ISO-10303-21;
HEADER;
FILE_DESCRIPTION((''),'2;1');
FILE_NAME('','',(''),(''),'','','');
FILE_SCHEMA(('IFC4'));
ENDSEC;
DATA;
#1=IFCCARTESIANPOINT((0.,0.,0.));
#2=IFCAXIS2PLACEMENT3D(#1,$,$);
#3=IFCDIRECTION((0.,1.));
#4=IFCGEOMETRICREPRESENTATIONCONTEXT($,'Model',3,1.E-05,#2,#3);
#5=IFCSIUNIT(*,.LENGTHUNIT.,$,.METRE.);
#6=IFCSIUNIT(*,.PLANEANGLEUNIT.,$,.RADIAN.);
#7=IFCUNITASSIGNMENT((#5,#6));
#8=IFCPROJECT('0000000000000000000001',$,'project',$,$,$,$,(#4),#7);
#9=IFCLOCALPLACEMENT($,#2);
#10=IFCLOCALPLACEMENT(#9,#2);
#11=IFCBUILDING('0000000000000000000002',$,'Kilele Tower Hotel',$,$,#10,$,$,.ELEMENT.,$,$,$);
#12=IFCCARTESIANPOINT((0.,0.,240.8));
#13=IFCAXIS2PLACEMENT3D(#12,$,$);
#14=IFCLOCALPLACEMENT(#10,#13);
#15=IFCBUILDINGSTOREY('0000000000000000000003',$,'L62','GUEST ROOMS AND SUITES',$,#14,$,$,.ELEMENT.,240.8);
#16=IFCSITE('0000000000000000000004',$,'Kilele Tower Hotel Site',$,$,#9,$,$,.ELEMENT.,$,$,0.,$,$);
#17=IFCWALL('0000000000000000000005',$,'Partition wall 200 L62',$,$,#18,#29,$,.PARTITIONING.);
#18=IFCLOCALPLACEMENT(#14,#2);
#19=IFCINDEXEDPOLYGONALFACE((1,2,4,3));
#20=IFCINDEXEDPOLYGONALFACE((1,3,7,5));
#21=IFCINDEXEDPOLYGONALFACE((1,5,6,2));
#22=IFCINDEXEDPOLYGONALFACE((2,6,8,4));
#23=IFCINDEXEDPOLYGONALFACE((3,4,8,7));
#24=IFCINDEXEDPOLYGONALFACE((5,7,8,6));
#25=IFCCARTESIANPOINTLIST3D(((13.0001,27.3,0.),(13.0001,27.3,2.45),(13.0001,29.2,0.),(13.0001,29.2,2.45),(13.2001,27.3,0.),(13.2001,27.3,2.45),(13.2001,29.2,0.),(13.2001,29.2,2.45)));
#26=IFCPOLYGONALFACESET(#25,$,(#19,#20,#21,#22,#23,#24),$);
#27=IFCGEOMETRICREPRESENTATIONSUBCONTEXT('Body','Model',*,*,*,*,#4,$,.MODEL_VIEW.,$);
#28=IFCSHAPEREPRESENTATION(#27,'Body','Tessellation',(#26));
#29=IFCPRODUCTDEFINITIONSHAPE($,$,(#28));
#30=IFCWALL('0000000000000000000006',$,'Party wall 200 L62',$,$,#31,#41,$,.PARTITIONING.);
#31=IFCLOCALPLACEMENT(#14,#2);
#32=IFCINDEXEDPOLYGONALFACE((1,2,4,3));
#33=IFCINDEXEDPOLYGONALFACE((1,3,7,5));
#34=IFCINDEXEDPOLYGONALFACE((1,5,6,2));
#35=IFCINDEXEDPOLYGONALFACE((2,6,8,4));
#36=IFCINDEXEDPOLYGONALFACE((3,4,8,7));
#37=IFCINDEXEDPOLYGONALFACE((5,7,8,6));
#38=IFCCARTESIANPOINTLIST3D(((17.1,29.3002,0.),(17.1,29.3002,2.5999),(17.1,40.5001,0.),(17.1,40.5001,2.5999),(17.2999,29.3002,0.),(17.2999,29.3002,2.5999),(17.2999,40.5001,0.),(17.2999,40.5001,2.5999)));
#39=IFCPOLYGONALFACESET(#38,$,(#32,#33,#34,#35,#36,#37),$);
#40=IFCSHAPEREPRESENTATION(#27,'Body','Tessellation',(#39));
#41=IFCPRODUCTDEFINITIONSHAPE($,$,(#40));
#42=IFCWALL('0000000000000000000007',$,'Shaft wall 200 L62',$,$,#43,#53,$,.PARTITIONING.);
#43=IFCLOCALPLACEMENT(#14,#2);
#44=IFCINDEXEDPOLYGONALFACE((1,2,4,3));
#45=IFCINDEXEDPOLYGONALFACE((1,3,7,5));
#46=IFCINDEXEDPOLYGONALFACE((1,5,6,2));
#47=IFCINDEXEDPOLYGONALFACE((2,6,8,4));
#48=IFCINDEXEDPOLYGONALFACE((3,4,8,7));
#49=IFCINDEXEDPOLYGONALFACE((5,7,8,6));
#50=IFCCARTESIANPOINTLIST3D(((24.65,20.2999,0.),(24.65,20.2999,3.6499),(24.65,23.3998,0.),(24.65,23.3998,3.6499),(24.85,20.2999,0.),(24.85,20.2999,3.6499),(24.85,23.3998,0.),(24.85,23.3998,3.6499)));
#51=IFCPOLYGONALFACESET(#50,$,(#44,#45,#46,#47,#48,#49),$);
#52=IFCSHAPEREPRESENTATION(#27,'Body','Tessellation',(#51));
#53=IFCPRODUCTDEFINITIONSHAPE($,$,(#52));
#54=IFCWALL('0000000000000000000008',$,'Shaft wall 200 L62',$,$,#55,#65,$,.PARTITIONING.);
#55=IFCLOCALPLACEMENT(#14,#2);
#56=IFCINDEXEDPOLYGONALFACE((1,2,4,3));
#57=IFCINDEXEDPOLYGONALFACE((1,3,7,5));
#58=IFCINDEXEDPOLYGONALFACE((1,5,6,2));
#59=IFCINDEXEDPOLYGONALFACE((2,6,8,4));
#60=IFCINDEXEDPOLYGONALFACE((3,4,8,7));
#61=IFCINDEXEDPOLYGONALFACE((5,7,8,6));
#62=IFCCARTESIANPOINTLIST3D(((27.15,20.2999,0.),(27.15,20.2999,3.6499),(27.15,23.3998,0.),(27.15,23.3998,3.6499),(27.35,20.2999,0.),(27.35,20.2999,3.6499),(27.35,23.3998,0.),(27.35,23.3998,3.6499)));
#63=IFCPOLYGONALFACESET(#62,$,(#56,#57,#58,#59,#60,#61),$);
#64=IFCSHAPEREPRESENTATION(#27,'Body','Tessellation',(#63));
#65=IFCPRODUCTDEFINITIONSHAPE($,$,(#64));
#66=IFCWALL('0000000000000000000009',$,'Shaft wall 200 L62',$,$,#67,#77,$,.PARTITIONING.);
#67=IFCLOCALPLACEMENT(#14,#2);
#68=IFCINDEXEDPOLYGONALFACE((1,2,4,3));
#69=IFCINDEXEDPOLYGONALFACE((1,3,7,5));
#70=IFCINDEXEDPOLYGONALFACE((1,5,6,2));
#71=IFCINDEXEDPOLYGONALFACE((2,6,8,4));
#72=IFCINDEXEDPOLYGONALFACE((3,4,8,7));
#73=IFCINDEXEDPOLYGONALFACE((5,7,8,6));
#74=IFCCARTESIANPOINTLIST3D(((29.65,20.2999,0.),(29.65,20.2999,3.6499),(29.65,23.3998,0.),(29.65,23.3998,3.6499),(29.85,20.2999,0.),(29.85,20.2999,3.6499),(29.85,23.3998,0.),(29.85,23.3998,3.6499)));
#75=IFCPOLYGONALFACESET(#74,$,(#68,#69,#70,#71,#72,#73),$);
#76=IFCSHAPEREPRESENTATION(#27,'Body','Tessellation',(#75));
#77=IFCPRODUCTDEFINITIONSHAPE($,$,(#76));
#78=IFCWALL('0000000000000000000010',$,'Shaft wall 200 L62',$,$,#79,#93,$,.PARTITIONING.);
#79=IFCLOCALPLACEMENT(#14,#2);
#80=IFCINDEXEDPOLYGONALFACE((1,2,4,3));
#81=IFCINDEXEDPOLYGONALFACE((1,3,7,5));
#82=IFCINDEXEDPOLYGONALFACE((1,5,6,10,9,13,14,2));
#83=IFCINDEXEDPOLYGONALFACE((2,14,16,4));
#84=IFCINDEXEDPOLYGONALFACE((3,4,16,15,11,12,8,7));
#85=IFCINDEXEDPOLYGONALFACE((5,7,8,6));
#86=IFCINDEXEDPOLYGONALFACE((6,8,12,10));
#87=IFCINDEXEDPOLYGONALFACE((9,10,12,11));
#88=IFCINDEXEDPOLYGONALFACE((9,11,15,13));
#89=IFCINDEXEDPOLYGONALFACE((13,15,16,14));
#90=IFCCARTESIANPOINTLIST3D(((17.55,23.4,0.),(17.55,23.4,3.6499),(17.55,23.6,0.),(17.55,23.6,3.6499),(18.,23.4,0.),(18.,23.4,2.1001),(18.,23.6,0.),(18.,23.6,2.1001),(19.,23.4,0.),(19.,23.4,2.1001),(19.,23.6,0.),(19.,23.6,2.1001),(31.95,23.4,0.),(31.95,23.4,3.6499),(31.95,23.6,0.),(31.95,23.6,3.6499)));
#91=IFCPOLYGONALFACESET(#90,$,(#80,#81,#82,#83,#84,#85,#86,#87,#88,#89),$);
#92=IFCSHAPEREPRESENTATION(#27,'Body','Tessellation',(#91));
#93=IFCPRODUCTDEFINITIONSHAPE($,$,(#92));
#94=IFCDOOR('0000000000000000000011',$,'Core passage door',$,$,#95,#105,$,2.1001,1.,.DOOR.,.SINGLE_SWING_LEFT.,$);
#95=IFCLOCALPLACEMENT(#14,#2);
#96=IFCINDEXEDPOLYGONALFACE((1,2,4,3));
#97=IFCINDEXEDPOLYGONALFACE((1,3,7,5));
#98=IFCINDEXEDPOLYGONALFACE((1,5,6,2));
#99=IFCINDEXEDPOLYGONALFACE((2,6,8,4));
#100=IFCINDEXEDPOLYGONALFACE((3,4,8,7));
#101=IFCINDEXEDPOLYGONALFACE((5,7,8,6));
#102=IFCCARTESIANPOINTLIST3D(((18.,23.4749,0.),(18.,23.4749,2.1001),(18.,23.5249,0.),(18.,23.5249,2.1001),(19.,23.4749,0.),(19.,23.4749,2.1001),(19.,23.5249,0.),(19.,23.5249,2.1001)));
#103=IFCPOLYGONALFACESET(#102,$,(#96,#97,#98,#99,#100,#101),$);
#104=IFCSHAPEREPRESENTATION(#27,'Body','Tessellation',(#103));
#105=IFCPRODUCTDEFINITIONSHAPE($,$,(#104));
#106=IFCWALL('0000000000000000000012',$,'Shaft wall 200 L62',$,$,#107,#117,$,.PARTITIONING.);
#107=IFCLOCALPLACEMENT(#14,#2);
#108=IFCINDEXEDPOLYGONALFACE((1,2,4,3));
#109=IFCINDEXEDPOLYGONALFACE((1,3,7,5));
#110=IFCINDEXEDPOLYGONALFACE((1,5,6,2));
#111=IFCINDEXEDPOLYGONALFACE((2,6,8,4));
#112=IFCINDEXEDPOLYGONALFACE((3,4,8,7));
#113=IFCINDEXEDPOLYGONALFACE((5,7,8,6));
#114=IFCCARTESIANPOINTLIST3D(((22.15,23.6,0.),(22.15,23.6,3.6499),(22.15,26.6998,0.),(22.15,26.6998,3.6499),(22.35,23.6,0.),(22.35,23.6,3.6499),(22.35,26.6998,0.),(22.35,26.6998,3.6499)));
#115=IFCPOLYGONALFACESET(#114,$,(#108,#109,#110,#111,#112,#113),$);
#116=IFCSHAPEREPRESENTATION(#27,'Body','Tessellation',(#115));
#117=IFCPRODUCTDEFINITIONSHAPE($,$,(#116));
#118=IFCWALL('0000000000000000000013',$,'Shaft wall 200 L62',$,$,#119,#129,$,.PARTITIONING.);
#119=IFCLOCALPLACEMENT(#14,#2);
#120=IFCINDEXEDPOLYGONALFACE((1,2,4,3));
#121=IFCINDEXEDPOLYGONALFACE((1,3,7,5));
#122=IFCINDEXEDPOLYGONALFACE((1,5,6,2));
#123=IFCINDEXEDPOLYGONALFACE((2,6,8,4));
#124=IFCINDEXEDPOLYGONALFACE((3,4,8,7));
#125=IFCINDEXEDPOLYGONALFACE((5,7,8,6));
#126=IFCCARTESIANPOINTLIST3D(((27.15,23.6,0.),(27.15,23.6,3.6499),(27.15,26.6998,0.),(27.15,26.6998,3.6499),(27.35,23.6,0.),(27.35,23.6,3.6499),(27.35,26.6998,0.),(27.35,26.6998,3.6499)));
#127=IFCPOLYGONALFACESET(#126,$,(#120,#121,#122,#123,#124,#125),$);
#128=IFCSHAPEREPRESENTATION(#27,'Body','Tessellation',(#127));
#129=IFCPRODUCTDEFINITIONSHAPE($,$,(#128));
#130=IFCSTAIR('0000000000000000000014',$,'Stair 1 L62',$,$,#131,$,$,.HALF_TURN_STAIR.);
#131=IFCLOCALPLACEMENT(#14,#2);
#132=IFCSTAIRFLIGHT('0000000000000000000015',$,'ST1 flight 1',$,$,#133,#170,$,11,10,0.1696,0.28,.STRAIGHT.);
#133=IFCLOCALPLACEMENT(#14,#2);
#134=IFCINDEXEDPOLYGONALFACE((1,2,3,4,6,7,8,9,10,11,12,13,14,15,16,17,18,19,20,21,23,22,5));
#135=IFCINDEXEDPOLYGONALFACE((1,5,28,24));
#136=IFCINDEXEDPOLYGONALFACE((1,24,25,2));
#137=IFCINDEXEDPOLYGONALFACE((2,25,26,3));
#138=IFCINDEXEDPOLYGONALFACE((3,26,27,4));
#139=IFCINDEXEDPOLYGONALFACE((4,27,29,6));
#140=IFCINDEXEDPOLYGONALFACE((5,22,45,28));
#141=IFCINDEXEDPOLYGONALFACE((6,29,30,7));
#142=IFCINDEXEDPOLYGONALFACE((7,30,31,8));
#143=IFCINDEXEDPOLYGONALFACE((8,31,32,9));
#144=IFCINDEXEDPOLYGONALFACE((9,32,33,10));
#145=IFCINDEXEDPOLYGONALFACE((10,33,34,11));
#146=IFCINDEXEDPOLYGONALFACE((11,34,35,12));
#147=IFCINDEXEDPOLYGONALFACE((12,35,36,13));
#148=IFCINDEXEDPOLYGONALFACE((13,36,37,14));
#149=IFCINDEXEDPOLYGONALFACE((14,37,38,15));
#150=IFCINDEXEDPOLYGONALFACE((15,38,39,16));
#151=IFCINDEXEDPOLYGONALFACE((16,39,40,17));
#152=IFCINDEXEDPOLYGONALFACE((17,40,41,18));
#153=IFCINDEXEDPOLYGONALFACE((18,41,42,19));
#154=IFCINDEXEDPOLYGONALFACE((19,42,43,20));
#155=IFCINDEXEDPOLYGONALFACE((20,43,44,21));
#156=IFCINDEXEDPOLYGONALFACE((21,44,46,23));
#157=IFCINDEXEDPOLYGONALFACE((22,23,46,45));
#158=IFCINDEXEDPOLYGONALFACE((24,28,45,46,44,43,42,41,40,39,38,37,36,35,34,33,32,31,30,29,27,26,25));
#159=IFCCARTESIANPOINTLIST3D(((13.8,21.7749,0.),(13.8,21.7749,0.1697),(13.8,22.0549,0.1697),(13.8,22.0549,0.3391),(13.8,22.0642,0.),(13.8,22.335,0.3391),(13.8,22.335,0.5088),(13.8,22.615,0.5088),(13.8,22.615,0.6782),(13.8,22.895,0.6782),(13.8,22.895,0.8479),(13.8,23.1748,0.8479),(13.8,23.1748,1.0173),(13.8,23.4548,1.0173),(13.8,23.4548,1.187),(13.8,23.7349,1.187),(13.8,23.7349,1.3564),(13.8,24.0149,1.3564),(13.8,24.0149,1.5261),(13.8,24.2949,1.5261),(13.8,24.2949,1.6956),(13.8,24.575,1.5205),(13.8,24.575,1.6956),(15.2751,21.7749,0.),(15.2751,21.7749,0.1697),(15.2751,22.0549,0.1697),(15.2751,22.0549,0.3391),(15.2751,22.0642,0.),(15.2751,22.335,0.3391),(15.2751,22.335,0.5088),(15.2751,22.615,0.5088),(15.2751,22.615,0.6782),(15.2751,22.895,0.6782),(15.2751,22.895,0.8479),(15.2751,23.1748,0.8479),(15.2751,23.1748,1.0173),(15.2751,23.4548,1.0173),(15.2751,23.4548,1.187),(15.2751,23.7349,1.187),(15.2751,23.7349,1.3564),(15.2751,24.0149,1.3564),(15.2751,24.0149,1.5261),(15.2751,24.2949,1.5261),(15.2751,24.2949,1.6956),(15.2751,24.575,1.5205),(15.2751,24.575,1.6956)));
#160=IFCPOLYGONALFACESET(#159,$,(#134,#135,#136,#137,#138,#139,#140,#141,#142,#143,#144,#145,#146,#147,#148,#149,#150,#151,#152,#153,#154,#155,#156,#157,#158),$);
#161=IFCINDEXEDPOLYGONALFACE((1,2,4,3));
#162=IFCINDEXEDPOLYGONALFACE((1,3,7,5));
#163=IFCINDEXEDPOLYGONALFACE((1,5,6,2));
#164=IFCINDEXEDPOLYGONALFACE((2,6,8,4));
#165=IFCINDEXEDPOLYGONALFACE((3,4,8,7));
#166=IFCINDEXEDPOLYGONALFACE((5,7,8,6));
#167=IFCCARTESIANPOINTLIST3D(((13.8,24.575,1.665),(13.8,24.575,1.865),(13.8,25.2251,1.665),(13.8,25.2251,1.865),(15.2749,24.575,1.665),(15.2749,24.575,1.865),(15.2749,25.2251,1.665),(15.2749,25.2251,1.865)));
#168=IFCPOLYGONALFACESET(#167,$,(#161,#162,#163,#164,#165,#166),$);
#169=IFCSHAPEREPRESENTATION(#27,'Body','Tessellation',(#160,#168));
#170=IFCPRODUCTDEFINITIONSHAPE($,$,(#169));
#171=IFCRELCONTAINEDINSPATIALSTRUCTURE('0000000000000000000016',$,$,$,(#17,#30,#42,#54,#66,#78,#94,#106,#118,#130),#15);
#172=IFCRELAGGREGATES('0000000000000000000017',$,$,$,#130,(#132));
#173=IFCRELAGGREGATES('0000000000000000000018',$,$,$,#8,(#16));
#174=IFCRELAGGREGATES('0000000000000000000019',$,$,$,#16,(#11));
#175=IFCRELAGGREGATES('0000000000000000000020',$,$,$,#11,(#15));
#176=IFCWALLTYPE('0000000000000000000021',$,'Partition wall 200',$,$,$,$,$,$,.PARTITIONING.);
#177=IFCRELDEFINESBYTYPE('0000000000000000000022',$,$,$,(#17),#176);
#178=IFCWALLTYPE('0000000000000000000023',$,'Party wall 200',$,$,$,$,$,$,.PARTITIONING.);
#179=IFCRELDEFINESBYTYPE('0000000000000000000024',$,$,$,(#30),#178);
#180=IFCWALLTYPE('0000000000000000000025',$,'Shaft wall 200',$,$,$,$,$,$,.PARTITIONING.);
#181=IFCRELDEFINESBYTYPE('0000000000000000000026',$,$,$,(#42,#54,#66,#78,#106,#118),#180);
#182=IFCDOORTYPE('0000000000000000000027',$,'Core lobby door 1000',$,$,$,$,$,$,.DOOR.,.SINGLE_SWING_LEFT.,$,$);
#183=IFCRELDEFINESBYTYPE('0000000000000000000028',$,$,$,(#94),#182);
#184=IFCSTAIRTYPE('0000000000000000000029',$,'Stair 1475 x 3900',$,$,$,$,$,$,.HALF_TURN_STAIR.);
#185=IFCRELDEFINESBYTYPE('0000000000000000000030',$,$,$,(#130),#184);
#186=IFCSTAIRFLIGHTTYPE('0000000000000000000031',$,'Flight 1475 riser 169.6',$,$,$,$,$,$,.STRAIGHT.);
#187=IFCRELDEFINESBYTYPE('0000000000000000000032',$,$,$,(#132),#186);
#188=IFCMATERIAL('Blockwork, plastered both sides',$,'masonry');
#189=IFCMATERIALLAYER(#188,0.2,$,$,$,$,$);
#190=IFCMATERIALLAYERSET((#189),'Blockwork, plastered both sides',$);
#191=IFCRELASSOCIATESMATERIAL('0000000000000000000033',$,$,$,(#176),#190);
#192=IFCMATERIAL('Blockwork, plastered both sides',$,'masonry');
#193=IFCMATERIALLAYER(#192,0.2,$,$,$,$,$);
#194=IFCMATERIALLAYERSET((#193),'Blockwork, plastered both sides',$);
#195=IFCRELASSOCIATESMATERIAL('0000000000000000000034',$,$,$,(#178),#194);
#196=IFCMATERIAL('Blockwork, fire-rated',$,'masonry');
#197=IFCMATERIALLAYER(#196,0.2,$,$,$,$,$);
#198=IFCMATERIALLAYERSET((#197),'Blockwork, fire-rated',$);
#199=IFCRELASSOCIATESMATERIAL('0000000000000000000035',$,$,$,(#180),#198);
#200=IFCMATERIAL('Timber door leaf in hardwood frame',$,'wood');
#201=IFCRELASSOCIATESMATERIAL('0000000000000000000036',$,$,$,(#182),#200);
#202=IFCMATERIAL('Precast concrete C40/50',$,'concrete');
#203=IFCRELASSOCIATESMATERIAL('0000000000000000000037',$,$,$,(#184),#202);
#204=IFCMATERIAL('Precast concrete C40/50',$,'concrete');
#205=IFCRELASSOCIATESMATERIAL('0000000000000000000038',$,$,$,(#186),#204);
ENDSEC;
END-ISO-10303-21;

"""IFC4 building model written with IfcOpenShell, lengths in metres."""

from ifc_helpers import new_model, si_unit, direction, frame, frame_2d, origin, place, context, subcontext, project, spatial, polyline, rectangle, outline, extrude, material, layer, layer_set, type_object, element, fill, aggregate, save


model = new_model("IFC4")

# Units and contexts
model_context = context("Model", 3, precision=1e-05, world=origin(), true_north=direction((0.0, 1.0)))
body_context = subcontext(model_context, "Body", "Model", "MODEL_VIEW")
ifc_project = project(units=[si_unit("LENGTHUNIT", "METRE"), si_unit("PLANEANGLEUNIT", "RADIAN")], contexts=[model_context])

# Site, building, storey
site_placement = place(None, origin())
site = spatial("IfcSite", under=ifc_project, at=site_placement, Name="Kilele Tower Hotel Site", CompositionType="ELEMENT", RefElevation=0.0)
building_placement = place(site_placement, origin())
building = spatial("IfcBuilding", under=site, at=building_placement, Name="Kilele Tower Hotel", CompositionType="ELEMENT")
storey_placement = place(building_placement, frame((0.0, 0.0, 240.8)))
storey = spatial("IfcBuildingStorey", under=building, at=storey_placement, Name="L62", Description="GUEST ROOMS AND SUITES", CompositionType="ELEMENT", Elevation=240.8)

# Walls
ifc_material_1 = material(Name="Blockwork, plastered both sides", Category="masonry")
ifc_layer_1 = layer(ifc_material_1, 0.2)
ifc_layer_set_1 = layer_set([ifc_layer_1], Name="Blockwork, plastered both sides")
wall_type_1 = type_object("IfcWallType", Name="Partition wall 200", PredefinedType="PARTITIONING", material=ifc_layer_set_1)
wall_1_placement = place(storey_placement, frame((13.1001, 27.3, 0.0), z_axis=(0.0, 0.0, 1.0), x_axis=(0.0, 1.0, 0.0)))
element("IfcWall", 1, at=wall_1_placement, inside=storey, type_object=wall_type_1, Name="Partition wall 200 L62", PredefinedType="PARTITIONING", context=body_context, shape_type="SweptSolid", body=[
    extrude(rectangle(XDim=1.8999, YDim=0.2, at=frame_2d((0.95, 0.0))), origin(), (0.0, 0.0, 1.0), 2.45),
])
ifc_material_2 = material(Name="Blockwork, plastered both sides", Category="masonry")
ifc_layer_2 = layer(ifc_material_2, 0.2)
ifc_layer_set_2 = layer_set([ifc_layer_2], Name="Blockwork, plastered both sides")
wall_type_2 = type_object("IfcWallType", Name="Party wall 200", PredefinedType="PARTITIONING", material=ifc_layer_set_2)
wall_2_placement = place(storey_placement, frame((17.2, 29.3, 0.0), z_axis=(0.0, 0.0, 1.0), x_axis=(0.0, 1.0, 0.0)))
element("IfcWall", 2, at=wall_2_placement, inside=storey, type_object=wall_type_2, Name="Party wall 200 L62", PredefinedType="PARTITIONING", context=body_context, shape_type="SweptSolid", body=[
    extrude(rectangle(XDim=11.2, YDim=0.2, at=frame_2d((5.6001, 0.0))), origin(), (0.0, 0.0, 1.0), 2.5999),
])
ifc_material_3 = material(Name="Blockwork, fire-rated", Category="masonry")
ifc_layer_3 = layer(ifc_material_3, 0.2)
ifc_layer_set_3 = layer_set([ifc_layer_3], Name="Blockwork, fire-rated")
wall_type_3 = type_object("IfcWallType", Name="Shaft wall 200", PredefinedType="PARTITIONING", material=ifc_layer_set_3)
for number, where, z_axis, x_axis, name in (
    (3, (24.75, 20.3, 0.0), (0.0, 0.0, 1.0), (0.0, 1.0, 0.0), "Shaft wall 200 L62"),
    (4, (27.25, 20.3, 0.0), (0.0, 0.0, 1.0), (0.0, 1.0, 0.0), "Shaft wall 200 L62"),
    (5, (29.75, 20.3, 0.0), (0.0, 0.0, 1.0), (0.0, 1.0, 0.0), "Shaft wall 200 L62"),
):
    element("IfcWall", number, at=place(storey_placement, frame(where, z_axis=z_axis, x_axis=x_axis)), inside=storey, type_object=wall_type_3, Name=name, PredefinedType="PARTITIONING", context=body_context, shape_type="SweptSolid", body=[
        extrude(rectangle(XDim=3.0999, YDim=0.2, at=frame_2d((1.5498, 0.0))), origin(), (0.0, 0.0, 1.0), 3.6499),
    ])

# Wall, opening, door
wall_3_placement = place(storey_placement, frame((17.55, 23.5, 0.0), z_axis=(0.0, 0.0, 1.0), x_axis=(1.0, 0.0, 0.0)))
wall_3 = element("IfcWall", 6, at=wall_3_placement, inside=storey, type_object=wall_type_3, Name="Shaft wall 200 L62", PredefinedType="PARTITIONING", context=body_context, shape_type="SweptSolid", body=[
    extrude(rectangle(XDim=14.3999, YDim=0.2, at=frame_2d((7.2, 0.0))), origin(), (0.0, 0.0, 1.0), 3.6499),
])
opening_1_placement = place(wall_3_placement, frame((0.45, 0.0, 0.0)))
opening_1 = element("IfcOpeningElement", 7, at=opening_1_placement, cuts=wall_3, PredefinedType="OPENING", context=body_context, shape_type="SweptSolid", body=[
    extrude(rectangle(XDim=1.0, YDim=2.1001, at=frame_2d((0.5, 1.05))), frame((0.0, 0.1099, 0.0), z_axis=(0.0, -1.0, 0.0), x_axis=(1.0, 0.0, 0.0)), (0.0, 0.0, 1.0), 0.22),
])
ifc_material_4 = material(Name="Timber door leaf in hardwood frame", Category="wood")
door_type_1 = type_object("IfcDoorType", Name="Core lobby door 1000", OperationType="SINGLE_SWING_LEFT", PredefinedType="DOOR", material=ifc_material_4)
door_1_placement = place(opening_1_placement, origin())
door_1 = element("IfcDoor", 8, at=door_1_placement, inside=storey, type_object=door_type_1, Name="Core passage door", OperationType="SINGLE_SWING_LEFT", OverallHeight=2.1001, OverallWidth=1.0, PredefinedType="DOOR", context=body_context, shape_type="SweptSolid", body=[
    extrude(rectangle(XDim=1.0, YDim=2.1001, at=frame_2d((0.5, 1.05))), frame((0.0, 0.0249, 0.0), z_axis=(0.0, -1.0, 0.0), x_axis=(1.0, 0.0, 0.0)), (0.0, 0.0, 1.0), 0.05),
])
fill(opening_1, door_1)

# Walls
for number, where, z_axis, x_axis, name in (
    (9, (22.25, 23.6001, 0.0), (0.0, 0.0, 1.0), (0.0, 1.0, 0.0), "Shaft wall 200 L62"),
    (10, (27.25, 23.6001, 0.0), (0.0, 0.0, 1.0), (0.0, 1.0, 0.0), "Shaft wall 200 L62"),
):
    element("IfcWall", number, at=place(storey_placement, frame(where, z_axis=z_axis, x_axis=x_axis)), inside=storey, type_object=wall_type_3, Name=name, PredefinedType="PARTITIONING", context=body_context, shape_type="SweptSolid", body=[
        extrude(rectangle(XDim=3.0999, YDim=0.2, at=frame_2d((1.5498, 0.0))), origin(), (0.0, 0.0, 1.0), 3.6499),
    ])

# Stair, stair flight
ifc_material_5 = material(Name="Precast concrete C40/50", Category="concrete")
stair_type = type_object("IfcStairType", Name="Stair 1475 x 3900", PredefinedType="HALF_TURN_STAIR", material=ifc_material_5)
stair_placement = place(storey_placement, origin())
stair = element("IfcStair", 11, at=stair_placement, inside=storey, type_object=stair_type, Name="Stair 1 L62", PredefinedType="HALF_TURN_STAIR")
ifc_material_6 = material(Name="Precast concrete C40/50", Category="concrete")
stair_flight_type = type_object("IfcStairFlightType", Name="Flight 1475 riser 169.6", PredefinedType="STRAIGHT", material=ifc_material_6)
stair_flight_1_placement = place(storey_placement, frame((14.5376, 21.7749, 0.0), z_axis=(0.0, 0.0, 1.0), x_axis=(0.0, 1.0, 0.0)))
stair_flight_1 = element("IfcStairFlight", 12, at=stair_flight_1_placement, type_object=stair_flight_type, Name="ST1 flight 1", NumberOfRisers=11, NumberOfTreads=10, PredefinedType="STRAIGHT", RiserHeight=0.1696, TreadLength=0.28, context=body_context, shape_type="SweptSolid", body=[
    extrude(outline(polyline([(0.0, 0.0), (0.0, 0.1697), (0.28, 0.1697), (0.28, 0.3391), (0.5601, 0.3391), (0.5601, 0.5088), (0.8401, 0.5088), (0.8401, 0.6782), (1.1201, 0.6782), (1.1201, 0.8479), (1.3999, 0.8479), (1.3999, 1.0173), (1.6799, 1.0173), (1.6799, 1.187), (1.96, 1.187), (1.96, 1.3564), (2.24, 1.3564), (2.24, 1.5261), (2.52, 1.5261), (2.52, 1.6956), (2.8, 1.6956), (2.8, 1.8652), (2.8, 1.5205), (0.2893, 0.0), (0.0, 0.0)])), frame((0.0, 0.7375, 0.0), z_axis=(0.0, -1.0, 0.0), x_axis=(1.0, 0.0, 0.0)), (0.0, 0.0, 1.0), 1.4751),
    extrude(outline(polyline([(2.8, 0.7375), (2.8, -0.7373), (3.4502, -0.7373), (3.4502, 0.7375), (2.8, 0.7375)])), frame((0.0, 0.0, 1.665)), (0.0, 0.0, 1.0), 0.2),
])
aggregate(stair, [stair_flight_1])

save(model, "model.ifc")
